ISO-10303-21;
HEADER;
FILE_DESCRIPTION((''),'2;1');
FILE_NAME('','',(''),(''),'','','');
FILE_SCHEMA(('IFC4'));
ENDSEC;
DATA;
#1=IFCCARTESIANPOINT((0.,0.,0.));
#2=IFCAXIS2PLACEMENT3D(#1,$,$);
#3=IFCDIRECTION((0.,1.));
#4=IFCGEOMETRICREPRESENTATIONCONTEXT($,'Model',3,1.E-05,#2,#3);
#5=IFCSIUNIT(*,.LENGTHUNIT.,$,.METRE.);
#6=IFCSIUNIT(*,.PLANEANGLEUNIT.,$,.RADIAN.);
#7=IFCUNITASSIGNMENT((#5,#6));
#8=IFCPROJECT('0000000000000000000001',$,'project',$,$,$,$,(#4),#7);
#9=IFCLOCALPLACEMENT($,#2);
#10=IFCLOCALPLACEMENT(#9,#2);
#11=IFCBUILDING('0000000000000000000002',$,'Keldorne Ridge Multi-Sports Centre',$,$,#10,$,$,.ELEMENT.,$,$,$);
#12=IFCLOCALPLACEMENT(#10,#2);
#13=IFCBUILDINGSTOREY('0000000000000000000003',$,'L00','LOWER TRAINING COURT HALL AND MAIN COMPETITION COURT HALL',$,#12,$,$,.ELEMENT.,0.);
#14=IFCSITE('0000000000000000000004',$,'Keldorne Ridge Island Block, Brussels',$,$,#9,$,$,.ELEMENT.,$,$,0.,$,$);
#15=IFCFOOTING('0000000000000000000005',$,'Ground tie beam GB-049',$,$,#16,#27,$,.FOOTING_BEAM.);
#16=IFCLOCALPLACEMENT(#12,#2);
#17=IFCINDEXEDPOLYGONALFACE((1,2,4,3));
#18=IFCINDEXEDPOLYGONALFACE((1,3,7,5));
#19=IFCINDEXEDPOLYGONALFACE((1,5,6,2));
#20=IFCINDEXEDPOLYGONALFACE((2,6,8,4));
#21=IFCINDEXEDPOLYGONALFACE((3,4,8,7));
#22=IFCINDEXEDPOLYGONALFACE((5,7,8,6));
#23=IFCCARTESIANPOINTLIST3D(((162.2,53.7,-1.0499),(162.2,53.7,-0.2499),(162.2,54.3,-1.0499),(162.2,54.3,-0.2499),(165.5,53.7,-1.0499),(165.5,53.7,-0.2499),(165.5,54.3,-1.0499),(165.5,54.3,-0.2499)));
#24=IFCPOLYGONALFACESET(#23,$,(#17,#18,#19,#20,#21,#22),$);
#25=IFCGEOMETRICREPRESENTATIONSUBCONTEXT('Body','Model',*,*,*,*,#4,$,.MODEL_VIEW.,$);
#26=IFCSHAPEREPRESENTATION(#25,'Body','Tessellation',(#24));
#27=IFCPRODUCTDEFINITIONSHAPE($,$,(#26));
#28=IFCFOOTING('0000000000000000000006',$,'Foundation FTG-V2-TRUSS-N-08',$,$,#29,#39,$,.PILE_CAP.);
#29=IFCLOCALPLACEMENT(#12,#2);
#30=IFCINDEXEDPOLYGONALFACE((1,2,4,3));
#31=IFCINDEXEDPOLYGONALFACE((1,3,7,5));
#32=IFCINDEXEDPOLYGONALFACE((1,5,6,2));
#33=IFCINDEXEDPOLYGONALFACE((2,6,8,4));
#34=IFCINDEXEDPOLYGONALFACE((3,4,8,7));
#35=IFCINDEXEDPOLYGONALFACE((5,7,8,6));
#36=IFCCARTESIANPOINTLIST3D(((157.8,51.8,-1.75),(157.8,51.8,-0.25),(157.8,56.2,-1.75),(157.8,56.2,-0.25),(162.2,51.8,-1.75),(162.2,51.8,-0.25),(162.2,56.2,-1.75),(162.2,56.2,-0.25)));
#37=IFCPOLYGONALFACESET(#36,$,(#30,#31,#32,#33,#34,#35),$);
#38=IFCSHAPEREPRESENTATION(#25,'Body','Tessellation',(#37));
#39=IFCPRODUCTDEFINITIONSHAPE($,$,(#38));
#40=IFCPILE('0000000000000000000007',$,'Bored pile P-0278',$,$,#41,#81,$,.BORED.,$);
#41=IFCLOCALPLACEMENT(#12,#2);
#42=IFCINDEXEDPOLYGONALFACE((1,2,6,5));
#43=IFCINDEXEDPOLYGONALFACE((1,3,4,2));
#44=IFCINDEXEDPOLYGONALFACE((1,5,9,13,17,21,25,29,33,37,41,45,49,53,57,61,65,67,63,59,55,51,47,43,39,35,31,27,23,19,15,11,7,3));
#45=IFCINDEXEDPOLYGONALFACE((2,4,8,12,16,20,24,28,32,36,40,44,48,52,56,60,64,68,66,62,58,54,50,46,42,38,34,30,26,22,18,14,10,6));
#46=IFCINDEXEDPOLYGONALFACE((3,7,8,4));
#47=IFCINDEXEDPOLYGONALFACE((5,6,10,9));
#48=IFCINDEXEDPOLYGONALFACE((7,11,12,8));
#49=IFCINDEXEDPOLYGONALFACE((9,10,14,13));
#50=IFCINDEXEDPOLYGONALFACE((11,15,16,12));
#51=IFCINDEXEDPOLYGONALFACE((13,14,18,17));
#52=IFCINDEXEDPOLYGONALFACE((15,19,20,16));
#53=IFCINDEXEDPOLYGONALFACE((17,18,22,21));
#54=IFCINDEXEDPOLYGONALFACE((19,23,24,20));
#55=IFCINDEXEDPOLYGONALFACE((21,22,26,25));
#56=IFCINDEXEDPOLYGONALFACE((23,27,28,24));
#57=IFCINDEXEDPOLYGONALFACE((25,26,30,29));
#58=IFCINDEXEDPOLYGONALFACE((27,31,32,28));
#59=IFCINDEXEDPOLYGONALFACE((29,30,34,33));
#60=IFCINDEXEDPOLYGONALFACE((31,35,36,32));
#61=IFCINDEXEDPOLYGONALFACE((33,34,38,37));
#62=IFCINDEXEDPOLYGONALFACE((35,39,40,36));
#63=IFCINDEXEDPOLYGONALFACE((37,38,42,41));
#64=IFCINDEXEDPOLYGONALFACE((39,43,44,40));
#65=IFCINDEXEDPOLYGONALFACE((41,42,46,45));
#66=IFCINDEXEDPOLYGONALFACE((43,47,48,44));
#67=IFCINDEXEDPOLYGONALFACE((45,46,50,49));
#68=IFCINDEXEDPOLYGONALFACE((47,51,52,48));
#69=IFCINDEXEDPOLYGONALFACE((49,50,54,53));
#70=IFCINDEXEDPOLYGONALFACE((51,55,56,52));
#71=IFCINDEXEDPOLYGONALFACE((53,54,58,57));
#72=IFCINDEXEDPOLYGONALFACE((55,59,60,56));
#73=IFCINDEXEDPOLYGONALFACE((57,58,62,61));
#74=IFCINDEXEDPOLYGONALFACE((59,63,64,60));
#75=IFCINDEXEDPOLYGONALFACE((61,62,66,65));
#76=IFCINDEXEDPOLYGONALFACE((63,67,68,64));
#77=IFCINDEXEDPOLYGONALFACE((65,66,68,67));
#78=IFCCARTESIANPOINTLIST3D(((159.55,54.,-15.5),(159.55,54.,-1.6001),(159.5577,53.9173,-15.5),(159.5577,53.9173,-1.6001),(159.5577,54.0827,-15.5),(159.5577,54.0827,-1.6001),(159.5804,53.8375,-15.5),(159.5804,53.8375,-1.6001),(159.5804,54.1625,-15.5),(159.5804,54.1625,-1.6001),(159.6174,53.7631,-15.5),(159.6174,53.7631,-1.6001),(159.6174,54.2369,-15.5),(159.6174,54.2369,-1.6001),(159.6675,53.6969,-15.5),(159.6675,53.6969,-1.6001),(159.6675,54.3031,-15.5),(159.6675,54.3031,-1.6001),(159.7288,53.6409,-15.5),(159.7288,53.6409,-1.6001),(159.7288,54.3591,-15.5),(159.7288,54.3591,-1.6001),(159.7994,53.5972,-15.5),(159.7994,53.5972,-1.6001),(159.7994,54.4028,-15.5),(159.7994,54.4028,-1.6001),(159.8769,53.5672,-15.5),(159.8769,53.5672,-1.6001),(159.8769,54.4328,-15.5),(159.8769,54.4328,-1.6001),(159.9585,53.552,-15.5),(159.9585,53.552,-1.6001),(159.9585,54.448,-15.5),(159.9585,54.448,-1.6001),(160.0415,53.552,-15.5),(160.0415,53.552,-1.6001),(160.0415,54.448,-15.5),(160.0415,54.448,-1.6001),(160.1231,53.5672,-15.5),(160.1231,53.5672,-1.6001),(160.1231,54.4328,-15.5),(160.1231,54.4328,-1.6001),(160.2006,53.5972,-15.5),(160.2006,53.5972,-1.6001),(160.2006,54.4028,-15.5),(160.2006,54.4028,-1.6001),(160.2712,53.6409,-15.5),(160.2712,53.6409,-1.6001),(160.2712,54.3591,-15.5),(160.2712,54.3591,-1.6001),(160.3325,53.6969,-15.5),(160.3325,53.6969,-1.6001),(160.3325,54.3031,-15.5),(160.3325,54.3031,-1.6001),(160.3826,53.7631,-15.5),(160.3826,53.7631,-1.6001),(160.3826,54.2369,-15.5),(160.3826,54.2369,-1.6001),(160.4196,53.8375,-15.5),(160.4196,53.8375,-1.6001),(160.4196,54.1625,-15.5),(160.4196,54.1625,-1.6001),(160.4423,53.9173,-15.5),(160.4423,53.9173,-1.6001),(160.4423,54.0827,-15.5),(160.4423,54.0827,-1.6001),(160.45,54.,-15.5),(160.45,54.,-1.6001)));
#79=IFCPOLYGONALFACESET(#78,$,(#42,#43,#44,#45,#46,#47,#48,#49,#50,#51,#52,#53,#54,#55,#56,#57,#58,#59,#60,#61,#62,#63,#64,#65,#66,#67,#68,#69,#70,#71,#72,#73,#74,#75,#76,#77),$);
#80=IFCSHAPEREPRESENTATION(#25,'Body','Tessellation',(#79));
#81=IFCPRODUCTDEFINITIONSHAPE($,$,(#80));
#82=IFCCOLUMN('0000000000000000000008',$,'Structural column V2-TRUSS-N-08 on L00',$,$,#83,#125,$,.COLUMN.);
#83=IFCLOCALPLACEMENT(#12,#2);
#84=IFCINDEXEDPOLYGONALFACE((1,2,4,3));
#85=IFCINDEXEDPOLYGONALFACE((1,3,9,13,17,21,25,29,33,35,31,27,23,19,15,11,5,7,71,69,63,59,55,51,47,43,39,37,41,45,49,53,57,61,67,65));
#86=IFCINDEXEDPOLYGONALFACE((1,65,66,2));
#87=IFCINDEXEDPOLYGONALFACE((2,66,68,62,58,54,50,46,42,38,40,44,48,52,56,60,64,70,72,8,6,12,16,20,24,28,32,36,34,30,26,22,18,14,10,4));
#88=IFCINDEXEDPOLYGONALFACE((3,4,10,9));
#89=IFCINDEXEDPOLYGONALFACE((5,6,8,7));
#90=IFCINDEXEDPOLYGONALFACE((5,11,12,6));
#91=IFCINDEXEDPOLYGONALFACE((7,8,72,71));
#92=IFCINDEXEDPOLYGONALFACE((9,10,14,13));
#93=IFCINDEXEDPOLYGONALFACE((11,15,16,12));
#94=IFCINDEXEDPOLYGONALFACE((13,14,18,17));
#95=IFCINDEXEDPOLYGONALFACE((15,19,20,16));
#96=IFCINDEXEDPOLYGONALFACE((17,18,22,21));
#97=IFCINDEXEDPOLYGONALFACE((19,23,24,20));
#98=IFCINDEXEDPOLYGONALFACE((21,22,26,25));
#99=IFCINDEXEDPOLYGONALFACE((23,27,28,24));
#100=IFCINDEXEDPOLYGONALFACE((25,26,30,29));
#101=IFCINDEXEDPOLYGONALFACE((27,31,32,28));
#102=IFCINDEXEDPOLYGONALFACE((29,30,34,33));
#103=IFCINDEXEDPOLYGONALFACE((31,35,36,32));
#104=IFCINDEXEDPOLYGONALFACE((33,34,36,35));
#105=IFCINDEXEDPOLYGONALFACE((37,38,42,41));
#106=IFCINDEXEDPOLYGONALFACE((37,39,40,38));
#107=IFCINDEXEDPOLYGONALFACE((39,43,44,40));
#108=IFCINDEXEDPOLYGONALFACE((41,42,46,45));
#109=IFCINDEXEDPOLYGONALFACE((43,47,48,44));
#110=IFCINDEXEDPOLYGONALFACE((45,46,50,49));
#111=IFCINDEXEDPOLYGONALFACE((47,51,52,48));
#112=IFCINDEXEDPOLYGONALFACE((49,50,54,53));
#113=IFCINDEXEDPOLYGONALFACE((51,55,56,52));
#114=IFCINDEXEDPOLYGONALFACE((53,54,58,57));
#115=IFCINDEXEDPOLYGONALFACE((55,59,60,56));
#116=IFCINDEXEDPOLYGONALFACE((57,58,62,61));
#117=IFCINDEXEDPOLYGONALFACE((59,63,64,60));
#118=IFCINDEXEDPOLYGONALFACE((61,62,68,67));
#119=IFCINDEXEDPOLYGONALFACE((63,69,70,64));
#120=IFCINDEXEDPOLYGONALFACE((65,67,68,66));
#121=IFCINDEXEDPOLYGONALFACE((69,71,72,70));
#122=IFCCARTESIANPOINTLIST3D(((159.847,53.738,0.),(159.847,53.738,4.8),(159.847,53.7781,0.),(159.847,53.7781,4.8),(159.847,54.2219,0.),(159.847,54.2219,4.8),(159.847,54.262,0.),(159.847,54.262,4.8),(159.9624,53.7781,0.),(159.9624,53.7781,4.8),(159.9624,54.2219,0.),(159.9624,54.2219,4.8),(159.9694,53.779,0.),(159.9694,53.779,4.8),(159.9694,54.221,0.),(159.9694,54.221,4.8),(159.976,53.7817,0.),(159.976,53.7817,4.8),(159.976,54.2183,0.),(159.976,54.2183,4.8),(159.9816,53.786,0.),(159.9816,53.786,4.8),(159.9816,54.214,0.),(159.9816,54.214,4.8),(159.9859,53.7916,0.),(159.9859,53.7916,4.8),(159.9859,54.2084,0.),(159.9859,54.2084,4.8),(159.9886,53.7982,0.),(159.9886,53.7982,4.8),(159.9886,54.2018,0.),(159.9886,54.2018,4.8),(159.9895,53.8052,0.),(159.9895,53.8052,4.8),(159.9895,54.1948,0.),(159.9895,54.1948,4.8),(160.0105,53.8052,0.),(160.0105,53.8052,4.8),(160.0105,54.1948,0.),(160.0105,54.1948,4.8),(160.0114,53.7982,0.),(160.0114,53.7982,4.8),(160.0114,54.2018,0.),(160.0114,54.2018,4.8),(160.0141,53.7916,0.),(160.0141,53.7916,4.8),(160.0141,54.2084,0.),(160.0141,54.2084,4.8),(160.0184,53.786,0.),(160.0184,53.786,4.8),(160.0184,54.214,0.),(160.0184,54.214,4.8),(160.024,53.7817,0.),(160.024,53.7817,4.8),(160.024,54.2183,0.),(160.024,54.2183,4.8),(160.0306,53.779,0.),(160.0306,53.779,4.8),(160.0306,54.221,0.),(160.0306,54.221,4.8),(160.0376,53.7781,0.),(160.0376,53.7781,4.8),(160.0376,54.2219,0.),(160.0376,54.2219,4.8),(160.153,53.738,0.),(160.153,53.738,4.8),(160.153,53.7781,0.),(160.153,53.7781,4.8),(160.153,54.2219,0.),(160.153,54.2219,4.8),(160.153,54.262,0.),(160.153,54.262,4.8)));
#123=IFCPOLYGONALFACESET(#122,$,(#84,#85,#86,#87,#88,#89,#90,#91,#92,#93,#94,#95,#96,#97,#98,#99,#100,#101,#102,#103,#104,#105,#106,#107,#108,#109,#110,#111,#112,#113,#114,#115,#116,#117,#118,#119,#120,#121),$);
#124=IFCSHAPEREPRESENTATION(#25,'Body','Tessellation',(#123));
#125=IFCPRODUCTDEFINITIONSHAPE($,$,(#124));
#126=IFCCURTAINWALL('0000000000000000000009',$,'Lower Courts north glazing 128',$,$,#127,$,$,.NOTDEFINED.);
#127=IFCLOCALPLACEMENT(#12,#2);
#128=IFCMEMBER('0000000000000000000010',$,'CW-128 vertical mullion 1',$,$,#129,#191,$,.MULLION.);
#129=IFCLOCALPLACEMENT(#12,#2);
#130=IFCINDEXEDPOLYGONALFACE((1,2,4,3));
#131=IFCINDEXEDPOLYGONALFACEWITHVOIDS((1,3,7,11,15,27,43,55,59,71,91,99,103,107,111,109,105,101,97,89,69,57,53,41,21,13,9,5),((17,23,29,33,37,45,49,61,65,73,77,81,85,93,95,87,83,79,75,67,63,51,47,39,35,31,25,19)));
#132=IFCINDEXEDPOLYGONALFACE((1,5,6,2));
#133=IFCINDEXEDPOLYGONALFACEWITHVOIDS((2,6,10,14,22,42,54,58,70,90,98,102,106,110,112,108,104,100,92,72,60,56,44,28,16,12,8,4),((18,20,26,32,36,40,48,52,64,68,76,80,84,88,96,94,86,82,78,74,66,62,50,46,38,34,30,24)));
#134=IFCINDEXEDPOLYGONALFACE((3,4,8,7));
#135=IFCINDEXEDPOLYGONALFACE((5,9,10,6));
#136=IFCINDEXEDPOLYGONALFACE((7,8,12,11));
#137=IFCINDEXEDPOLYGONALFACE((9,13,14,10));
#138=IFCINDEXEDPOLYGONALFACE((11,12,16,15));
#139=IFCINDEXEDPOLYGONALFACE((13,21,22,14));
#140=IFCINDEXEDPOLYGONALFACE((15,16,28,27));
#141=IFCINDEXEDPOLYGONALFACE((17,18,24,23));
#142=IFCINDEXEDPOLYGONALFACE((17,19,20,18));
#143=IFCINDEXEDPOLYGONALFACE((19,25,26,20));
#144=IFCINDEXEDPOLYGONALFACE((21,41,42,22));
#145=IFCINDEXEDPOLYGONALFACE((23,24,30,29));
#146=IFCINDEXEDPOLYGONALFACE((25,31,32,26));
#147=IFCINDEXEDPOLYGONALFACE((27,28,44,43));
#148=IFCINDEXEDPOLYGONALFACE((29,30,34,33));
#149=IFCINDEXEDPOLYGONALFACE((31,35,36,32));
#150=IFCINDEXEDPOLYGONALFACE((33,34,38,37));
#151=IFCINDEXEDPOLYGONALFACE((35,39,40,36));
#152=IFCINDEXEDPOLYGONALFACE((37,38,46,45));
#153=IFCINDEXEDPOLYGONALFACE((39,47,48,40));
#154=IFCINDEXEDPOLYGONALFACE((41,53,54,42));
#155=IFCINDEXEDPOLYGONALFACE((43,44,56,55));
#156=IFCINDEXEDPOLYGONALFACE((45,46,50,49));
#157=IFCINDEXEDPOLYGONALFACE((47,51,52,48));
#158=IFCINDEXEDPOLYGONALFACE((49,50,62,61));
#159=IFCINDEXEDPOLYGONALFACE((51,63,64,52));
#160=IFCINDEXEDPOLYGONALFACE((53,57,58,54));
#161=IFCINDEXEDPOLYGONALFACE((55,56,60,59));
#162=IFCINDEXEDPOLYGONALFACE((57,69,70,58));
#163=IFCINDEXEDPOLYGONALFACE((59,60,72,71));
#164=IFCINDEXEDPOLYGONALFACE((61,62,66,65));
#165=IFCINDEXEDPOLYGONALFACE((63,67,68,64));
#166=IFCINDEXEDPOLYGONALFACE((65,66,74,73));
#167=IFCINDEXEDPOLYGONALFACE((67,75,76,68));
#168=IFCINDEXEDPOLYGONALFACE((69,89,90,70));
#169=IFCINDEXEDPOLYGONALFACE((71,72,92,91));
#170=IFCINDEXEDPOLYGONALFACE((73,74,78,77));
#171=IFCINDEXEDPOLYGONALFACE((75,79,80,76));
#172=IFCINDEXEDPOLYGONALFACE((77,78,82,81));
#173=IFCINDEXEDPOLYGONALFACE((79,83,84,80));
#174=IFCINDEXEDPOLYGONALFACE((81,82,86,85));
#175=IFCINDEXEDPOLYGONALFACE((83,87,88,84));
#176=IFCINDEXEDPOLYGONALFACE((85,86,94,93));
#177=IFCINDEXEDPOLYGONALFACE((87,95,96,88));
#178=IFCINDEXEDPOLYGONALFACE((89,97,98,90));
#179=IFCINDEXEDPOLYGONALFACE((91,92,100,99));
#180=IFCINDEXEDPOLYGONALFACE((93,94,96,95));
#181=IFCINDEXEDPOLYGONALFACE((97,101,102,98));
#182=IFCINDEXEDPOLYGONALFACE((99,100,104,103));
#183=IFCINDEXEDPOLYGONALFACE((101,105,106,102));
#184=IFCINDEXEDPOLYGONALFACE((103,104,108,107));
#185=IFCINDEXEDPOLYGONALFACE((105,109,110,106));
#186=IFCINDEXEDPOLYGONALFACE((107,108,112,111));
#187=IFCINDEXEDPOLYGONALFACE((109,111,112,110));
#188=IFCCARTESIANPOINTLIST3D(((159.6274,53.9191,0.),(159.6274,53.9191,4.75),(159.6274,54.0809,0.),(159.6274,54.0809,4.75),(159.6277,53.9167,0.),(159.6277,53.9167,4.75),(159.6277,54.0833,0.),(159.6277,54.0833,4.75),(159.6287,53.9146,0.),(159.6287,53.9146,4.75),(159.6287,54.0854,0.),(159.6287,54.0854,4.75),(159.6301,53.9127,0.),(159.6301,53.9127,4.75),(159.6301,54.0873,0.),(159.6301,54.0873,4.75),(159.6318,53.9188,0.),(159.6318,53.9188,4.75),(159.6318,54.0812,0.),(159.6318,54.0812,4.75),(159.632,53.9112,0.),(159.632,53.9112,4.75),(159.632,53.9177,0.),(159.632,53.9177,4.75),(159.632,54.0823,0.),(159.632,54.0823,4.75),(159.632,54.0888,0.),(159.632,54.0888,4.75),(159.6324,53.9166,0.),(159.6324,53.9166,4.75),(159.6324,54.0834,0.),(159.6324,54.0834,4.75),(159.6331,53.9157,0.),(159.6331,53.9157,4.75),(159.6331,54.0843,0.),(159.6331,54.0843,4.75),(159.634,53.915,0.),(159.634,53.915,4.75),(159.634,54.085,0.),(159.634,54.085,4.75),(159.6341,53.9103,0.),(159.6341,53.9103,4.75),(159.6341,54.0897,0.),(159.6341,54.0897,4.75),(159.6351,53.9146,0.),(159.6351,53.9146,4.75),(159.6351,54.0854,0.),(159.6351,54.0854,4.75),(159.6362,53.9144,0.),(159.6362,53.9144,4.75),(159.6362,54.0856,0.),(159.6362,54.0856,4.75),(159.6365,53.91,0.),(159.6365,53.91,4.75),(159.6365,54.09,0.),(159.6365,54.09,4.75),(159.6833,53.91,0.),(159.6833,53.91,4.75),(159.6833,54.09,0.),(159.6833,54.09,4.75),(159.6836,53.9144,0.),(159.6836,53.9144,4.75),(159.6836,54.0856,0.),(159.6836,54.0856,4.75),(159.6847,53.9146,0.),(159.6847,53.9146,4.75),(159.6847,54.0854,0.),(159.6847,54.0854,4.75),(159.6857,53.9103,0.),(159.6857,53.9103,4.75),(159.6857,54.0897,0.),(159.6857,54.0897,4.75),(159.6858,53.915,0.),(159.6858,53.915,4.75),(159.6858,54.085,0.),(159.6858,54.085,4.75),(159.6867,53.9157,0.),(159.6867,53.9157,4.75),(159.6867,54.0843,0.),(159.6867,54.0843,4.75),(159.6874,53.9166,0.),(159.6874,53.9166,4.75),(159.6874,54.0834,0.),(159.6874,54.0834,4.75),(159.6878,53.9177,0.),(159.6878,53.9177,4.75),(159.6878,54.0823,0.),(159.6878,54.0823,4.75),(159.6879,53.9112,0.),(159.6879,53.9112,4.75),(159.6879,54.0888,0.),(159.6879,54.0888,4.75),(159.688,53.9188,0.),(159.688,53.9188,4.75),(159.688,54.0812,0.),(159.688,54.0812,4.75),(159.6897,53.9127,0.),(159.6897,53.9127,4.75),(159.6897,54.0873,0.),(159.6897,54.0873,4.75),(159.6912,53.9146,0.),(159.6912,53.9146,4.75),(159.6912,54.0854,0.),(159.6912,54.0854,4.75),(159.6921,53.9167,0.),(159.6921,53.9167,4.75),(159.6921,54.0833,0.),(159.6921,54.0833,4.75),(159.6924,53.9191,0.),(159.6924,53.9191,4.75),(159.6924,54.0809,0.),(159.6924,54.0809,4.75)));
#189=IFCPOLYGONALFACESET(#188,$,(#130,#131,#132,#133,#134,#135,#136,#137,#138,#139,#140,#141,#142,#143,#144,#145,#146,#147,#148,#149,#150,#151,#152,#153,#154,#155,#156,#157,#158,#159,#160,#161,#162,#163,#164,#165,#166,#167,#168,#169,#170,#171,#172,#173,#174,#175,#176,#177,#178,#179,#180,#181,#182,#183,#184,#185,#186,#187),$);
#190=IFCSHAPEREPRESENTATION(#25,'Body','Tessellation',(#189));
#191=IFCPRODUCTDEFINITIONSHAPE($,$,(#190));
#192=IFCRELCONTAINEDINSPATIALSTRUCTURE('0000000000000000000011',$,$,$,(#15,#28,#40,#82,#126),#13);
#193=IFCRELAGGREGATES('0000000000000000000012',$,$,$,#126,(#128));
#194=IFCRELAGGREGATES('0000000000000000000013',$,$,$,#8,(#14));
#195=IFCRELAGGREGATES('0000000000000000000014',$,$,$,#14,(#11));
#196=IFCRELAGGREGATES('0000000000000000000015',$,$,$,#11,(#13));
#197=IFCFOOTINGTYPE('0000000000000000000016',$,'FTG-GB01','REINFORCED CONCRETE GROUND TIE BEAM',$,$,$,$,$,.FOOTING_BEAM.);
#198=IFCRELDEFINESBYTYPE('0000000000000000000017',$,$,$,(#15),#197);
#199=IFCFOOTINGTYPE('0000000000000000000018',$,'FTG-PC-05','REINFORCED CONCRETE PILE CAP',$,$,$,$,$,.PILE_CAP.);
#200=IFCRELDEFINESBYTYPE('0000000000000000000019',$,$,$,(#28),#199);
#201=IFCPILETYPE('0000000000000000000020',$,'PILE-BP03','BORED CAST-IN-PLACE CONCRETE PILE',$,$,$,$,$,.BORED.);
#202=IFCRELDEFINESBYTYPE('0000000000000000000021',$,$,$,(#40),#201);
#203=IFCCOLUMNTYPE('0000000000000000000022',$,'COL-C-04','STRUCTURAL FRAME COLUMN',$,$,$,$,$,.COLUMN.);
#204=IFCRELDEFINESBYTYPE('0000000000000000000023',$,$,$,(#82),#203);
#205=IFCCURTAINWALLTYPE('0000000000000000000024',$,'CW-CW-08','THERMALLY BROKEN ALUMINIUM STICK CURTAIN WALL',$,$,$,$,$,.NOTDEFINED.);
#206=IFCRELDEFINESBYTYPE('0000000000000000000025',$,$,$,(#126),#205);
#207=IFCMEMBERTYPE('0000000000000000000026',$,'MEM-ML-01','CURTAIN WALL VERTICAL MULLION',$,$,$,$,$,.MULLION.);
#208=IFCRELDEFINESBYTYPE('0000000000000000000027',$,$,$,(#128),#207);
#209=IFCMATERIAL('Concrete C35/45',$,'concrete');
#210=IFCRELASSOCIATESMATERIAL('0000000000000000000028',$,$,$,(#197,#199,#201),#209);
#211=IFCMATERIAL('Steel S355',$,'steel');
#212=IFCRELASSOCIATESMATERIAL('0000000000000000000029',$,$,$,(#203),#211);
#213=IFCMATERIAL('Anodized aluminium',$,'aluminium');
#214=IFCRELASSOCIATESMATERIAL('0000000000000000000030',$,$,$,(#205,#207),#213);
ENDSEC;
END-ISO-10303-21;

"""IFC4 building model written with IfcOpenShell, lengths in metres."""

from ifc_helpers import new_model, si_unit, direction, frame, origin, origin_2d, place, context, subcontext, project, spatial, rectangle, hollow_rectangle, circle, i_section, extrude, material, material_profile, profile_set, type_object, element, aggregate, save


model = new_model("IFC4")

# Units and contexts
model_context = context("Model", 3, precision=1e-05, world=origin(), true_north=direction((0.0, 1.0)))
body_context = subcontext(model_context, "Body", "Model", "MODEL_VIEW")
ifc_project = project(units=[si_unit("LENGTHUNIT", "METRE"), si_unit("PLANEANGLEUNIT", "RADIAN")], contexts=[model_context])

# Site, building, storey
site_placement = place(None, origin())
site = spatial("IfcSite", under=ifc_project, at=site_placement, Name="Keldorne Ridge Island Block, Brussels", CompositionType="ELEMENT", RefElevation=0.0)
building_placement = place(site_placement, origin())
building = spatial("IfcBuilding", under=site, at=building_placement, Name="Keldorne Ridge Multi-Sports Centre", CompositionType="ELEMENT")
storey_placement = place(building_placement, origin())
storey = spatial("IfcBuildingStorey", under=building, at=storey_placement, Name="L00", Description="LOWER TRAINING COURT HALL AND MAIN COMPETITION COURT HALL", CompositionType="ELEMENT", Elevation=0.0)

# Footings
ifc_material_1 = material(Name="Concrete C35/45", Category="concrete")
ifc_material_profile_1 = material_profile(ifc_material_1, rectangle(XDim=0.6001, YDim=0.8, at=origin_2d()), Name="GB 600x800")
ifc_profile_set_1 = profile_set([ifc_material_profile_1], Name="Concrete C35/45")
footing_type_1 = type_object("IfcFootingType", Name="FTG-GB01", Description="REINFORCED CONCRETE GROUND TIE BEAM", PredefinedType="FOOTING_BEAM", material=ifc_profile_set_1)
footing_1_placement = place(storey_placement, frame((162.2, 54.0, -0.6499), z_axis=(1.0, 0.0, 0.0), x_axis=(0.0, 1.0, 0.0)))
element("IfcFooting", 1, at=footing_1_placement, inside=storey, type_object=footing_type_1, Name="Ground tie beam GB-049", PredefinedType="FOOTING_BEAM", context=body_context, shape_type="SweptSolid", body=[
    extrude(rectangle(XDim=0.6001, YDim=0.8, at=origin_2d()), origin(), (0.0, 0.0, 1.0), 3.3),
])
footing_type_2 = type_object("IfcFootingType", Name="FTG-PC-05", Description="REINFORCED CONCRETE PILE CAP", PredefinedType="PILE_CAP", material=ifc_material_1)
footing_2_placement = place(storey_placement, frame((160.0, 54.0, -1.75), z_axis=(0.0, 0.0, 1.0), x_axis=(1.0, 0.0, 0.0)))
element("IfcFooting", 2, at=footing_2_placement, inside=storey, type_object=footing_type_2, Name="Foundation FTG-V2-TRUSS-N-08", PredefinedType="PILE_CAP", context=body_context, shape_type="SweptSolid", body=[
    extrude(rectangle(XDim=4.3999, YDim=4.3999, at=origin_2d()), origin(), (0.0, 0.0, 1.0), 1.5),
])

# Pile
ifc_material_profile_2 = material_profile(ifc_material_1, circle(Radius=0.45, at=origin_2d()), Name="BORED PILE D900")
ifc_profile_set_2 = profile_set([ifc_material_profile_2], Name="Concrete C35/45")
pile_type = type_object("IfcPileType", Name="PILE-BP03", Description="BORED CAST-IN-PLACE CONCRETE PILE", PredefinedType="BORED", material=ifc_profile_set_2)
pile_placement = place(storey_placement, frame((160.0, 54.0, -1.6001), z_axis=(0.0, 0.0, -1.0), x_axis=(1.0, 0.0, 0.0)))
element("IfcPile", 3, at=pile_placement, inside=storey, type_object=pile_type, Name="Bored pile P-0278", PredefinedType="BORED", context=body_context, shape_type="SweptSolid", body=[
    extrude(circle(Radius=0.45, at=origin_2d()), origin(), (0.0, 0.0, 1.0), 13.8999),
])

# Column
ifc_material_2 = material(Name="Steel S355", Category="steel")
ifc_material_profile_3 = material_profile(ifc_material_2, i_section(OverallWidth=0.3059, OverallDepth=0.5239, WebThickness=0.021, FlangeThickness=0.04, FilletRadius=0.0271, at=origin_2d()), Name="HEM 500")
ifc_profile_set_3 = profile_set([ifc_material_profile_3], Name="Steel S355")
column_type = type_object("IfcColumnType", Name="COL-C-04", Description="STRUCTURAL FRAME COLUMN", PredefinedType="COLUMN", material=ifc_profile_set_3)
column_placement = place(storey_placement, frame((160.0, 54.0, 0.0), z_axis=(0.0, 0.0, 1.0), x_axis=(1.0, 0.0, 0.0)))
element("IfcColumn", 4, at=column_placement, inside=storey, type_object=column_type, Name="Structural column V2-TRUSS-N-08 on L00", PredefinedType="COLUMN", context=body_context, shape_type="SweptSolid", body=[
    extrude(i_section(OverallWidth=0.3059, OverallDepth=0.5239, WebThickness=0.021, FlangeThickness=0.04, FilletRadius=0.0271, at=origin_2d()), origin(), (0.0, 0.0, 1.0), 4.8),
])

# Curtain wall, member
ifc_material_3 = material(Name="Anodized aluminium", Category="aluminium")
curtain_wall_type_1 = type_object("IfcCurtainWallType", Name="CW-CW-08", Description="THERMALLY BROKEN ALUMINIUM STICK CURTAIN WALL", PredefinedType="NOTDEFINED", material=ifc_material_3)
curtain_wall_1_placement = place(storey_placement, origin())
curtain_wall_1 = element("IfcCurtainWall", 5, at=curtain_wall_1_placement, inside=storey, type_object=curtain_wall_type_1, Name="Lower Courts north glazing 128", PredefinedType="NOTDEFINED")
ifc_material_profile_4 = material_profile(ifc_material_3, hollow_rectangle(XDim=0.0649, YDim=0.1799, WallThickness=0.0044, InnerFilletRadius=0.0044, OuterFilletRadius=0.009, at=origin_2d()), Name="ALU MULLION 180x65x4.5")
ifc_profile_set_4 = profile_set([ifc_material_profile_4], Name="Anodized aluminium")
member_type_1 = type_object("IfcMemberType", Name="MEM-ML-01", Description="CURTAIN WALL VERTICAL MULLION", PredefinedType="MULLION", material=ifc_profile_set_4)
member_1_placement = place(storey_placement, frame((159.6599, 54.0, 0.0), z_axis=(0.0, 0.0, 1.0), x_axis=(1.0, 0.0, 0.0)))
member_1 = element("IfcMember", 6, at=member_1_placement, type_object=member_type_1, Name="CW-128 vertical mullion 1", PredefinedType="MULLION", context=body_context, shape_type="SweptSolid", body=[
    extrude(hollow_rectangle(XDim=0.0649, YDim=0.1799, WallThickness=0.0044, InnerFilletRadius=0.0044, OuterFilletRadius=0.009, at=origin_2d()), origin(), (0.0, 0.0, 1.0), 4.75),
])

aggregate(curtain_wall_1, [member_1])

save(model, "model.ifc")
